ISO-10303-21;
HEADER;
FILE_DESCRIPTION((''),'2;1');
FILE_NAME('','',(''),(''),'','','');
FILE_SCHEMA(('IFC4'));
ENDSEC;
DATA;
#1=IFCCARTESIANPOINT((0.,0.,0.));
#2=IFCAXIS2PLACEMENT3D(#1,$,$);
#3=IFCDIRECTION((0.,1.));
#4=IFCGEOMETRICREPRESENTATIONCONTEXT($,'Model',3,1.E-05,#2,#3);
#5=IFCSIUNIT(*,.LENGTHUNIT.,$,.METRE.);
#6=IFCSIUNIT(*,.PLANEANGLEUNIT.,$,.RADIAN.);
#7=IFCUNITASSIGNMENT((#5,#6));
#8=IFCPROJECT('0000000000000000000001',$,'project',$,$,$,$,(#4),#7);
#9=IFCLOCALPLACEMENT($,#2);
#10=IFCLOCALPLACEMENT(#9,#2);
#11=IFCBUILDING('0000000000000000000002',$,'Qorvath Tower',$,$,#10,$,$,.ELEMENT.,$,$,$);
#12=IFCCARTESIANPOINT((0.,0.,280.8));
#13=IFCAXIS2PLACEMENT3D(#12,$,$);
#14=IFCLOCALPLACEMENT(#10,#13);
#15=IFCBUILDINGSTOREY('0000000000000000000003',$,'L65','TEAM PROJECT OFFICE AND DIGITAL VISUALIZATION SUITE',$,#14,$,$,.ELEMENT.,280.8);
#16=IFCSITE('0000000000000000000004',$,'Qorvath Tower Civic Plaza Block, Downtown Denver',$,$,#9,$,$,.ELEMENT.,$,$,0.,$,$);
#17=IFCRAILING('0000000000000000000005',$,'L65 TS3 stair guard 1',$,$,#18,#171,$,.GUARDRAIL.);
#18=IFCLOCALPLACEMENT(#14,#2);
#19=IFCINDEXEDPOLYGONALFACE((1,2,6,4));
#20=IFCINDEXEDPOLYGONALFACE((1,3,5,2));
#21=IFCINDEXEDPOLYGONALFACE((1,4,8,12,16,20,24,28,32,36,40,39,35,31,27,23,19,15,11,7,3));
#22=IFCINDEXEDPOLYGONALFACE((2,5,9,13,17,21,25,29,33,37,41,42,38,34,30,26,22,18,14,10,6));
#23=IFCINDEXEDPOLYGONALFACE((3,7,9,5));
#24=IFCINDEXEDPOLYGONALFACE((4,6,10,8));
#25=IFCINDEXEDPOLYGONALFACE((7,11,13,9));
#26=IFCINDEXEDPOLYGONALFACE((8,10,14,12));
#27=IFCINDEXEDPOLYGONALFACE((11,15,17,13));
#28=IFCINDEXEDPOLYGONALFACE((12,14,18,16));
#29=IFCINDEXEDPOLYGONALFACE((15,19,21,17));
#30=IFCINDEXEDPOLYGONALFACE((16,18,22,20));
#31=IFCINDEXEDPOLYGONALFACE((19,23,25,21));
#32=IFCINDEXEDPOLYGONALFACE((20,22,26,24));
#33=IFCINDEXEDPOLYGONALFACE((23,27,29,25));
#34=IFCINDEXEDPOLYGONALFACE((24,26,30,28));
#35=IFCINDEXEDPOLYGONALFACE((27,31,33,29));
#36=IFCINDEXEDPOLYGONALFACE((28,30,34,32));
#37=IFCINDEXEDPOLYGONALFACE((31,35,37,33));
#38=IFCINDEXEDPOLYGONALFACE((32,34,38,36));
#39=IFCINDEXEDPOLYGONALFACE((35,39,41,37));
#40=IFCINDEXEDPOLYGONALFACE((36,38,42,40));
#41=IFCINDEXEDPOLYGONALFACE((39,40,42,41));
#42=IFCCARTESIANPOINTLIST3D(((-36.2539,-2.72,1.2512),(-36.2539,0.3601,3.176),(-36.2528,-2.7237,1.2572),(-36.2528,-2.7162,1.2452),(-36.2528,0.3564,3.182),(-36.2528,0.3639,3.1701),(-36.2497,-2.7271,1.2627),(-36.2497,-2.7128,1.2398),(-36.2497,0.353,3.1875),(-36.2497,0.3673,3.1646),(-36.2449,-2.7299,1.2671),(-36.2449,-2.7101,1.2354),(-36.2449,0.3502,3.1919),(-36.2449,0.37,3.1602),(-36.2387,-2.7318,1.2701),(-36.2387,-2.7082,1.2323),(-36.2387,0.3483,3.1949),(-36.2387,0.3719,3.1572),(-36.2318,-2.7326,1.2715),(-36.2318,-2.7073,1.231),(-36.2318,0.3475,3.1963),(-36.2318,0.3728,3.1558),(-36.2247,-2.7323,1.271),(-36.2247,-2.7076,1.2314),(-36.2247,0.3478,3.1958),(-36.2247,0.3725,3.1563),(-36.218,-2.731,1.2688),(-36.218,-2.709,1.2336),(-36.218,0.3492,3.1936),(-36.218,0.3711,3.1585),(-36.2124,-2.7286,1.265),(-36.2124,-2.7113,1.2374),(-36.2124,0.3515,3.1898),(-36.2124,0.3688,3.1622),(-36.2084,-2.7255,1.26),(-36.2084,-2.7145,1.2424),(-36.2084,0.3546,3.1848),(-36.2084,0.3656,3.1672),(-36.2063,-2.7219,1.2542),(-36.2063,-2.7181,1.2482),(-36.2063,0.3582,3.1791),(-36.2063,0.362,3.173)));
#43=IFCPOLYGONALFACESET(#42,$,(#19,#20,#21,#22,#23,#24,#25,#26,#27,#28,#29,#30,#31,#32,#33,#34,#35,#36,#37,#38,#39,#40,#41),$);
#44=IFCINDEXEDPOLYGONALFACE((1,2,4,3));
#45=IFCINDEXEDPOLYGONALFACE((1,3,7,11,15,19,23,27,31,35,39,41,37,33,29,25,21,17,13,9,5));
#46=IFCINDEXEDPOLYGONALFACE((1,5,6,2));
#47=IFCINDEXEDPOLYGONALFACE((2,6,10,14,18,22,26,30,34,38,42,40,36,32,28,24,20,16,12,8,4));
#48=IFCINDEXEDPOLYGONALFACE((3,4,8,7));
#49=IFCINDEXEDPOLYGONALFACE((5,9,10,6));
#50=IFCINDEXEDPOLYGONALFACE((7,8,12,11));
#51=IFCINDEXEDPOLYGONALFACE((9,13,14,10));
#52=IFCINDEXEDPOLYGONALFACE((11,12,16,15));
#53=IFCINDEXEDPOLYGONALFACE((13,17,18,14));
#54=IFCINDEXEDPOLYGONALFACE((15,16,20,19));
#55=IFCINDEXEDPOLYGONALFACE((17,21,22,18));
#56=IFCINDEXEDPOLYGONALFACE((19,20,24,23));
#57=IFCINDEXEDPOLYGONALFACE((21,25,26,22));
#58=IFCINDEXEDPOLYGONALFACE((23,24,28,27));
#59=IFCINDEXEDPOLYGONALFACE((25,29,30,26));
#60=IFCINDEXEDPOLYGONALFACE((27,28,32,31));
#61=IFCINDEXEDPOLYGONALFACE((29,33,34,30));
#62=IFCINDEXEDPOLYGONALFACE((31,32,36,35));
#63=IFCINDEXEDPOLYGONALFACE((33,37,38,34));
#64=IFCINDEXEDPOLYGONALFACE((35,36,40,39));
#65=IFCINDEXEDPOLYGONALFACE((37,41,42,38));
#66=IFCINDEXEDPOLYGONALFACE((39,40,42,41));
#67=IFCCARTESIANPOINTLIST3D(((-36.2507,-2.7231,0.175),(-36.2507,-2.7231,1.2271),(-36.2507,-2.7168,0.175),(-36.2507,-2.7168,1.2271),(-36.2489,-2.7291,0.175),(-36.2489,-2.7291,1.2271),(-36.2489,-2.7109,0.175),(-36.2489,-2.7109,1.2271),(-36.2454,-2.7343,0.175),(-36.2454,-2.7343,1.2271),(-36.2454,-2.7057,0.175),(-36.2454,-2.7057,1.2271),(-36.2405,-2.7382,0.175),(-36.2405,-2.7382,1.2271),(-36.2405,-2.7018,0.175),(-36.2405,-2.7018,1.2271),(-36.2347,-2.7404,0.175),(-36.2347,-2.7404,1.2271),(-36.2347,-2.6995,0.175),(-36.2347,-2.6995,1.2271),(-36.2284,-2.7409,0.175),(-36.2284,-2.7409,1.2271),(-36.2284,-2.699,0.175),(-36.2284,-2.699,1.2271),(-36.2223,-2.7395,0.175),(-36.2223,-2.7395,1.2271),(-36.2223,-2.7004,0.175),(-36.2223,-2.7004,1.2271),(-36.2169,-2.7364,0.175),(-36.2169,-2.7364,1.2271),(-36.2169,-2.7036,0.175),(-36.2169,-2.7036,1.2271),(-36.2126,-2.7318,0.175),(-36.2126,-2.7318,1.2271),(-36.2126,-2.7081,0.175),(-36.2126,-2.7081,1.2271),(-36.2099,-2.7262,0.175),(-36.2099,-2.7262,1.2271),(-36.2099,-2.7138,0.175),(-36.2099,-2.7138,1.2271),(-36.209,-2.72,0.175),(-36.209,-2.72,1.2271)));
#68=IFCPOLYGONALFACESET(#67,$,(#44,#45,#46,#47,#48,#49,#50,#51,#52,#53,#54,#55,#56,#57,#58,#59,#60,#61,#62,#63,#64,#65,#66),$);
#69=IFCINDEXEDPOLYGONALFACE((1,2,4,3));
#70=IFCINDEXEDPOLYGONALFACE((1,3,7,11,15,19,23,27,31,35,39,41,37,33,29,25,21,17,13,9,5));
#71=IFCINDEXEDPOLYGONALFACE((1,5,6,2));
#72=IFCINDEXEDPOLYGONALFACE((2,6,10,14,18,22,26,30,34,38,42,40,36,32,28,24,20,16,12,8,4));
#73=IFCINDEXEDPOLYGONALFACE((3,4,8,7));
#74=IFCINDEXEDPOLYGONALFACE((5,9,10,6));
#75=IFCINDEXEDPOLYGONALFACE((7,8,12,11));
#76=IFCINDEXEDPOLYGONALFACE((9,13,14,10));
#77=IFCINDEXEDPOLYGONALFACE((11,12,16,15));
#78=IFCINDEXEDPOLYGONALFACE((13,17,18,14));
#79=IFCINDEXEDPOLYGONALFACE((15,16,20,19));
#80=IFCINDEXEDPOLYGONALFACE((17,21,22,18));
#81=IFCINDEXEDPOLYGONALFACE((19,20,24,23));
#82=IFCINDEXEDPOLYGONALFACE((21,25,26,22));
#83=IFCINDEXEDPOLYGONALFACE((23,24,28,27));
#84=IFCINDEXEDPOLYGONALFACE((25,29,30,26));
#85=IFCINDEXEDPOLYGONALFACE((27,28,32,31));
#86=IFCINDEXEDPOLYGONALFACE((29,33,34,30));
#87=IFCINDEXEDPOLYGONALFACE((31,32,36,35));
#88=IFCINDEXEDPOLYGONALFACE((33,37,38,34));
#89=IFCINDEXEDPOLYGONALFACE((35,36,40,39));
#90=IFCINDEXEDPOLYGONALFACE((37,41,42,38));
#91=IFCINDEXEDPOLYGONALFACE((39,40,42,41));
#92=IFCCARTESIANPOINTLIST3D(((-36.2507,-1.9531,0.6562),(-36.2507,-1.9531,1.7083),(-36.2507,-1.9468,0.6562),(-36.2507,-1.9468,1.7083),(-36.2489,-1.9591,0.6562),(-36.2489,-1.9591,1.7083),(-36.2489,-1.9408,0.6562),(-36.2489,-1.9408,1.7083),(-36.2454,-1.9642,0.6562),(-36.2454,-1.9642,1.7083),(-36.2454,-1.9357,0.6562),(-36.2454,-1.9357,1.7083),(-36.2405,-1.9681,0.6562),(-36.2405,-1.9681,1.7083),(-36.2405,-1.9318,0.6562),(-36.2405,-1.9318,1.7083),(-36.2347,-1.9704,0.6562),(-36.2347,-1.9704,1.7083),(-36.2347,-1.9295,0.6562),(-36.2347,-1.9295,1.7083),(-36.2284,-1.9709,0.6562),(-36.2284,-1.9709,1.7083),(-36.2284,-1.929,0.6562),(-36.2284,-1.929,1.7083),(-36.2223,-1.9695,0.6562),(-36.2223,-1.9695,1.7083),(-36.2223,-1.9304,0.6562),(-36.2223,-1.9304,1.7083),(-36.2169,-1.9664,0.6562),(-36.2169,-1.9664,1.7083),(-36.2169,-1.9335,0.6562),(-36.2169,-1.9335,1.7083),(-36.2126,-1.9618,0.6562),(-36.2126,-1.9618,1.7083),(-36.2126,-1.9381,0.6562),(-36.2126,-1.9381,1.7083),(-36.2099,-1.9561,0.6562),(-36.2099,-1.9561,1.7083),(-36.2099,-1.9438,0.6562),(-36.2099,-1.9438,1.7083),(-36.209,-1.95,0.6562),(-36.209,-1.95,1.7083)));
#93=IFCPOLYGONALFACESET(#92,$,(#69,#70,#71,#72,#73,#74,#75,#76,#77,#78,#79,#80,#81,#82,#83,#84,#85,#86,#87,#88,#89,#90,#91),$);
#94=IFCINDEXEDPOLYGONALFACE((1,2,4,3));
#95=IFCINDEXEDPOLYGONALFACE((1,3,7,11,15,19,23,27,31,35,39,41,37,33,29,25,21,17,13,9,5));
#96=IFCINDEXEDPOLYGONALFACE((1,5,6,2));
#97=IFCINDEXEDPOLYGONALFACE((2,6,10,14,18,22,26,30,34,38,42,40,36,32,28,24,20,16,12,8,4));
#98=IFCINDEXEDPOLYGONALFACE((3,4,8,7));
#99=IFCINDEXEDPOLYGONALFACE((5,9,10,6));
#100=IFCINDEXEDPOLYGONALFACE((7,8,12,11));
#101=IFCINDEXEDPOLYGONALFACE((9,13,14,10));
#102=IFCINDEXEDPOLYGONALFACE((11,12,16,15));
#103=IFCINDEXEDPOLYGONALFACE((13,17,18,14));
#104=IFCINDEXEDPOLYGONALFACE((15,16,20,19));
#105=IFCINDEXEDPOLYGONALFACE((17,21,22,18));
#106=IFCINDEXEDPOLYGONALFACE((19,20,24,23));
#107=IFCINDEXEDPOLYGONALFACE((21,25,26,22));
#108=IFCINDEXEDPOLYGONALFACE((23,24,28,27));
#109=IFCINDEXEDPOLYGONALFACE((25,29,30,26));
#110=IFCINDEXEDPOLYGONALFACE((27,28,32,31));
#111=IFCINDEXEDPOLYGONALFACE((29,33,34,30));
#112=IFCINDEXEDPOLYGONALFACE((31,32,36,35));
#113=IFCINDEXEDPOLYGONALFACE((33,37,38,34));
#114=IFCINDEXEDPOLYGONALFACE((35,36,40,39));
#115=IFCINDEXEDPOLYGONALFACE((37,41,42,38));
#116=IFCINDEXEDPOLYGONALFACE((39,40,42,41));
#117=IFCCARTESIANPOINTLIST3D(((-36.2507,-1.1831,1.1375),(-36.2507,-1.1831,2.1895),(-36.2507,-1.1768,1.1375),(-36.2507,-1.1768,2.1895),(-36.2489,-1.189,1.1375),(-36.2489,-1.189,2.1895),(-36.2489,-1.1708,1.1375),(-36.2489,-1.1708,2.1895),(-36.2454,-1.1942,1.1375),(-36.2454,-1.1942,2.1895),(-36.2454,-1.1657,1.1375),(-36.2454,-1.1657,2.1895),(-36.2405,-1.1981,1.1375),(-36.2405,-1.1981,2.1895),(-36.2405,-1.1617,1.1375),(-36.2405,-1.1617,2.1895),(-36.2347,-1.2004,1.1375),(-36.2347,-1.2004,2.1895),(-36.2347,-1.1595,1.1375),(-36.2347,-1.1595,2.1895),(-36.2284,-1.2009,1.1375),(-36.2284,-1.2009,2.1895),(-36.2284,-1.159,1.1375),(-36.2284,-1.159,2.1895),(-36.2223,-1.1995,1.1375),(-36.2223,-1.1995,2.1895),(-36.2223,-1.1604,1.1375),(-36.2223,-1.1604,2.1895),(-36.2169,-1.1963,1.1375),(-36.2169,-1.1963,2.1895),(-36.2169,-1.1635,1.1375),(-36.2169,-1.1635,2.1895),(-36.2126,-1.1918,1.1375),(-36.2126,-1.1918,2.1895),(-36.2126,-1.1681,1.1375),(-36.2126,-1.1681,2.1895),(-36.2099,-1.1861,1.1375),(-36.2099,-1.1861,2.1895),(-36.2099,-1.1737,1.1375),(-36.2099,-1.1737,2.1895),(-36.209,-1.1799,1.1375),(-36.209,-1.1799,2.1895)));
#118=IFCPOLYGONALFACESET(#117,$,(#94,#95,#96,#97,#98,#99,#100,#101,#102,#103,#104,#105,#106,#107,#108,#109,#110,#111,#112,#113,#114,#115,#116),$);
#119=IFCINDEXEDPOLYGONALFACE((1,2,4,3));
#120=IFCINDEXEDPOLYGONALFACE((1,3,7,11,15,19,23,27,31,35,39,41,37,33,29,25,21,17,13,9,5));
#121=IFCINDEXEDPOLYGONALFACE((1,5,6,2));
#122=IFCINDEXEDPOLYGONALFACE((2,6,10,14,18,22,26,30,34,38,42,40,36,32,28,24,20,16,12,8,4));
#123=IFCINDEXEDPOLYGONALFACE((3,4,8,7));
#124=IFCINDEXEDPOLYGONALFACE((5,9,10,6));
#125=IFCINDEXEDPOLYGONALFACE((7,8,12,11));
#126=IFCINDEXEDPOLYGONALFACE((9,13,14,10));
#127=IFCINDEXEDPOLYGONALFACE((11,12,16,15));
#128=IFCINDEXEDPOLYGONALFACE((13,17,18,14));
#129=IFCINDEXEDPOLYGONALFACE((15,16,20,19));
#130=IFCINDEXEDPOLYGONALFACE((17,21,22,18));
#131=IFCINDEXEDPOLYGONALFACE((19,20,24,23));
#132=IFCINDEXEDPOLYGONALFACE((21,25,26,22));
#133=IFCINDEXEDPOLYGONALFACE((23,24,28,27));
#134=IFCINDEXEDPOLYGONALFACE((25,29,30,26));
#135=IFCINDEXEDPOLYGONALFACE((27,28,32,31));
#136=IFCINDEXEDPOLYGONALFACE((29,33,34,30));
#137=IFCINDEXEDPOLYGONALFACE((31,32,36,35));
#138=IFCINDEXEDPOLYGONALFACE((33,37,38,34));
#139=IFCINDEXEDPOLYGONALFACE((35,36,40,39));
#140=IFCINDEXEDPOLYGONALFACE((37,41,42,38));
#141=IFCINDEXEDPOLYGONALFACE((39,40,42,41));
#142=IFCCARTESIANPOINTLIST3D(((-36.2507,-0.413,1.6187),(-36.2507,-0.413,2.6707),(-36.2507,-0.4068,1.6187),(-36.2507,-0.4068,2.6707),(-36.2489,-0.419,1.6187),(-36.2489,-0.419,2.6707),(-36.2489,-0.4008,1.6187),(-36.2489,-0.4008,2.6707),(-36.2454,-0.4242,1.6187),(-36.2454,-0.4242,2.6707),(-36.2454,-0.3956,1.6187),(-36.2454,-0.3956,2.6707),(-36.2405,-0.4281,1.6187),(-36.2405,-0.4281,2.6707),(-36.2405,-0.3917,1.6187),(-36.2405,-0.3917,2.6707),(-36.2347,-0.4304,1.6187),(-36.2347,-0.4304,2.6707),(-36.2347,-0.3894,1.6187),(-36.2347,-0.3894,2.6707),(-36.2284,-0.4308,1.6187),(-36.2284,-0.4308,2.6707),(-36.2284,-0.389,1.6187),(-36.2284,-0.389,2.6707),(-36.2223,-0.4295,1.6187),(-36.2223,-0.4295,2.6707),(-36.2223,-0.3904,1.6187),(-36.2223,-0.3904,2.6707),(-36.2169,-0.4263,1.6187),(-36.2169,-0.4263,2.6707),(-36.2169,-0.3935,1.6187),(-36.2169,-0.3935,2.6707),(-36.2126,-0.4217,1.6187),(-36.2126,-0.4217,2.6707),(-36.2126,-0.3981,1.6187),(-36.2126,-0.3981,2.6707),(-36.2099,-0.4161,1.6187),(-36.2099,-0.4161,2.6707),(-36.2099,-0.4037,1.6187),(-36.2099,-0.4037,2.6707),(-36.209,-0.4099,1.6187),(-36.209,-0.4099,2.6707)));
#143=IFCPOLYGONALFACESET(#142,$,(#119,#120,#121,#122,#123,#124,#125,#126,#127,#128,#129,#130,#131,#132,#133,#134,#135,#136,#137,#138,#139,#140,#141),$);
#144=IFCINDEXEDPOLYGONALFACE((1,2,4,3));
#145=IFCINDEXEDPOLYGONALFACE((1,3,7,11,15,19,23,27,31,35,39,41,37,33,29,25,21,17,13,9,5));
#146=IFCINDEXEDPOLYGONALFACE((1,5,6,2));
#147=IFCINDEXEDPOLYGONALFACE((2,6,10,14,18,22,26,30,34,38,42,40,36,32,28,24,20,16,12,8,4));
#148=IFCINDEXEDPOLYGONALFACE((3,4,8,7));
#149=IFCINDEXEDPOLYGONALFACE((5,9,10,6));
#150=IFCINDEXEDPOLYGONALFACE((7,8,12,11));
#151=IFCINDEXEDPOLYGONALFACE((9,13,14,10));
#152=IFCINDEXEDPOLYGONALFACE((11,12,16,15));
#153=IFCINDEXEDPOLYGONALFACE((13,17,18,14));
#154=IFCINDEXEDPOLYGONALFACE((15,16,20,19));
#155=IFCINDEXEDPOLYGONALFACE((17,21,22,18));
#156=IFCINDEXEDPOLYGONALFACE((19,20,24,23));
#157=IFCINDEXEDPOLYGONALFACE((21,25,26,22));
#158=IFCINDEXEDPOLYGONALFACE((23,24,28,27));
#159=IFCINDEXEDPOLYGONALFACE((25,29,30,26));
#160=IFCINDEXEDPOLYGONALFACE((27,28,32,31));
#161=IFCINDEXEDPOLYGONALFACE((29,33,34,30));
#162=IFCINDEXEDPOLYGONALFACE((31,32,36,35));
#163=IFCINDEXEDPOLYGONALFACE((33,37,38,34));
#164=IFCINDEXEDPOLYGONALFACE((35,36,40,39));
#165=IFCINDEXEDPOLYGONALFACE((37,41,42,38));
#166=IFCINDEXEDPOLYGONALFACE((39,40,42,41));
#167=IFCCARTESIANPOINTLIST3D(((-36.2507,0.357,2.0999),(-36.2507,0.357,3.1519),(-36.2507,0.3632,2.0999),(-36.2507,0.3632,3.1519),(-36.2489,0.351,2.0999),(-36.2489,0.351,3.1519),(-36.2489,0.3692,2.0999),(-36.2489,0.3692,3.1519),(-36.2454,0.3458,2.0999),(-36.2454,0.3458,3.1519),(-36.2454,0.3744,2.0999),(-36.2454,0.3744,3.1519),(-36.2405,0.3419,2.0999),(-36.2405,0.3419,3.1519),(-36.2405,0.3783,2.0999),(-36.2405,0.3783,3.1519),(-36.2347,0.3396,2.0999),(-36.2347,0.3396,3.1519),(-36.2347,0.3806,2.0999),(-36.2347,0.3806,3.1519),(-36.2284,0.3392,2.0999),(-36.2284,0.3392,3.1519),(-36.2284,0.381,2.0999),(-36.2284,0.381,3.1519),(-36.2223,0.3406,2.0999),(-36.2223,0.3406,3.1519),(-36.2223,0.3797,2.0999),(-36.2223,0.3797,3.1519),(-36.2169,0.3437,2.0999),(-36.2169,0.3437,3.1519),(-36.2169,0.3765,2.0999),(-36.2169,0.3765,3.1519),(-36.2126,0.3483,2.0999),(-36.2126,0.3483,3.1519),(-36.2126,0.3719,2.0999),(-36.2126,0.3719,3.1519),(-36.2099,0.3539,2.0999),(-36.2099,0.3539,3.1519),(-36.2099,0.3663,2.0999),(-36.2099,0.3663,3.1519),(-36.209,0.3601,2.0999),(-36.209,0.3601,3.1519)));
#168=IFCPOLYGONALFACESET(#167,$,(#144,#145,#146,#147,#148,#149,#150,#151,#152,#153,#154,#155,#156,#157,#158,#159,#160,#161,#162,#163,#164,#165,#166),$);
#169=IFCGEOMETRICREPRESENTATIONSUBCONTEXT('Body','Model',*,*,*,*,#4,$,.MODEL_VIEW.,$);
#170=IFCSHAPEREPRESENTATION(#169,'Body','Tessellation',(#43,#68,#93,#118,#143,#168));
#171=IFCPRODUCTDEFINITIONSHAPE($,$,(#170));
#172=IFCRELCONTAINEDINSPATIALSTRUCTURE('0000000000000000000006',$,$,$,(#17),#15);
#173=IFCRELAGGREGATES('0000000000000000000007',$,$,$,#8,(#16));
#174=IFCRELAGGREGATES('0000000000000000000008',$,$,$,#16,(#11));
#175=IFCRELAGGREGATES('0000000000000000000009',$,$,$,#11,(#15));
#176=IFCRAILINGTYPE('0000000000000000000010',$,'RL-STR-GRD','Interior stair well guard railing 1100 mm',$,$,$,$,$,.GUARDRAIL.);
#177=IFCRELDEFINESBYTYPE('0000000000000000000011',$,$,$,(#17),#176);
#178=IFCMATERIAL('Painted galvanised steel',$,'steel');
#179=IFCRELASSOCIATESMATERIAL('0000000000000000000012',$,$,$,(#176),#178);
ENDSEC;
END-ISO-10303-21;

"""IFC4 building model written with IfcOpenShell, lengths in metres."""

from ifc_helpers import new_model, si_unit, direction, frame, origin, origin_2d, place, context, subcontext, project, spatial, circle, extrude, material, type_object, element, save


model = new_model("IFC4")

# Units and contexts
model_context = context("Model", 3, precision=1e-05, world=origin(), true_north=direction((0.0, 1.0)))
body_context = subcontext(model_context, "Body", "Model", "MODEL_VIEW")
ifc_project = project(units=[si_unit("LENGTHUNIT", "METRE"), si_unit("PLANEANGLEUNIT", "RADIAN")], contexts=[model_context])

# Site, building, storey
site_placement = place(None, origin())
site = spatial("IfcSite", under=ifc_project, at=site_placement, Name="Qorvath Tower Civic Plaza Block, Downtown Denver", CompositionType="ELEMENT", RefElevation=0.0)
building_placement = place(site_placement, origin())
building = spatial("IfcBuilding", under=site, at=building_placement, Name="Qorvath Tower", CompositionType="ELEMENT")
storey_placement = place(building_placement, frame((0.0, 0.0, 280.8)))
storey = spatial("IfcBuildingStorey", under=building, at=storey_placement, Name="L65", Description="TEAM PROJECT OFFICE AND DIGITAL VISUALIZATION SUITE", CompositionType="ELEMENT", Elevation=280.8)

# Railing
ifc_material_1 = material(Name="Painted galvanised steel", Category="steel")
railing_type_1 = type_object("IfcRailingType", Name="RL-STR-GRD", Description="Interior stair well guard railing 1100 mm", PredefinedType="GUARDRAIL", material=ifc_material_1)
railing_1_placement = place(storey_placement, frame((-36.23, -2.72, 0.175)))
element("IfcRailing", 1, at=railing_1_placement, inside=storey, type_object=railing_type_1, Name="L65 TS3 stair guard 1", PredefinedType="GUARDRAIL", context=body_context, shape_type="SweptSolid", body=[
    extrude(circle(Radius=0.0239, at=origin_2d()), frame((0.0, 0.0, 1.0762), z_axis=(0.0, 0.848029, 0.529951), x_axis=(-1.0, 0.0, 0.0)), (0.0, 0.0, 1.0), 3.6321),
    extrude(circle(Radius=0.021, at=origin_2d()), origin(), (0.0, 0.0, 1.0), 1.052),
    extrude(circle(Radius=0.021, at=origin_2d()), frame((0.0, 0.77, 0.4812)), (0.0, 0.0, 1.0), 1.052),
    extrude(circle(Radius=0.021, at=origin_2d()), frame((0.0, 1.54, 0.9624)), (0.0, 0.0, 1.0), 1.052),
    extrude(circle(Radius=0.021, at=origin_2d()), frame((0.0, 2.3101, 1.4436)), (0.0, 0.0, 1.0), 1.052),
    extrude(circle(Radius=0.021, at=origin_2d()), frame((0.0, 3.0801, 1.9248)), (0.0, 0.0, 1.0), 1.052),
])

save(model, "model.ifc")
